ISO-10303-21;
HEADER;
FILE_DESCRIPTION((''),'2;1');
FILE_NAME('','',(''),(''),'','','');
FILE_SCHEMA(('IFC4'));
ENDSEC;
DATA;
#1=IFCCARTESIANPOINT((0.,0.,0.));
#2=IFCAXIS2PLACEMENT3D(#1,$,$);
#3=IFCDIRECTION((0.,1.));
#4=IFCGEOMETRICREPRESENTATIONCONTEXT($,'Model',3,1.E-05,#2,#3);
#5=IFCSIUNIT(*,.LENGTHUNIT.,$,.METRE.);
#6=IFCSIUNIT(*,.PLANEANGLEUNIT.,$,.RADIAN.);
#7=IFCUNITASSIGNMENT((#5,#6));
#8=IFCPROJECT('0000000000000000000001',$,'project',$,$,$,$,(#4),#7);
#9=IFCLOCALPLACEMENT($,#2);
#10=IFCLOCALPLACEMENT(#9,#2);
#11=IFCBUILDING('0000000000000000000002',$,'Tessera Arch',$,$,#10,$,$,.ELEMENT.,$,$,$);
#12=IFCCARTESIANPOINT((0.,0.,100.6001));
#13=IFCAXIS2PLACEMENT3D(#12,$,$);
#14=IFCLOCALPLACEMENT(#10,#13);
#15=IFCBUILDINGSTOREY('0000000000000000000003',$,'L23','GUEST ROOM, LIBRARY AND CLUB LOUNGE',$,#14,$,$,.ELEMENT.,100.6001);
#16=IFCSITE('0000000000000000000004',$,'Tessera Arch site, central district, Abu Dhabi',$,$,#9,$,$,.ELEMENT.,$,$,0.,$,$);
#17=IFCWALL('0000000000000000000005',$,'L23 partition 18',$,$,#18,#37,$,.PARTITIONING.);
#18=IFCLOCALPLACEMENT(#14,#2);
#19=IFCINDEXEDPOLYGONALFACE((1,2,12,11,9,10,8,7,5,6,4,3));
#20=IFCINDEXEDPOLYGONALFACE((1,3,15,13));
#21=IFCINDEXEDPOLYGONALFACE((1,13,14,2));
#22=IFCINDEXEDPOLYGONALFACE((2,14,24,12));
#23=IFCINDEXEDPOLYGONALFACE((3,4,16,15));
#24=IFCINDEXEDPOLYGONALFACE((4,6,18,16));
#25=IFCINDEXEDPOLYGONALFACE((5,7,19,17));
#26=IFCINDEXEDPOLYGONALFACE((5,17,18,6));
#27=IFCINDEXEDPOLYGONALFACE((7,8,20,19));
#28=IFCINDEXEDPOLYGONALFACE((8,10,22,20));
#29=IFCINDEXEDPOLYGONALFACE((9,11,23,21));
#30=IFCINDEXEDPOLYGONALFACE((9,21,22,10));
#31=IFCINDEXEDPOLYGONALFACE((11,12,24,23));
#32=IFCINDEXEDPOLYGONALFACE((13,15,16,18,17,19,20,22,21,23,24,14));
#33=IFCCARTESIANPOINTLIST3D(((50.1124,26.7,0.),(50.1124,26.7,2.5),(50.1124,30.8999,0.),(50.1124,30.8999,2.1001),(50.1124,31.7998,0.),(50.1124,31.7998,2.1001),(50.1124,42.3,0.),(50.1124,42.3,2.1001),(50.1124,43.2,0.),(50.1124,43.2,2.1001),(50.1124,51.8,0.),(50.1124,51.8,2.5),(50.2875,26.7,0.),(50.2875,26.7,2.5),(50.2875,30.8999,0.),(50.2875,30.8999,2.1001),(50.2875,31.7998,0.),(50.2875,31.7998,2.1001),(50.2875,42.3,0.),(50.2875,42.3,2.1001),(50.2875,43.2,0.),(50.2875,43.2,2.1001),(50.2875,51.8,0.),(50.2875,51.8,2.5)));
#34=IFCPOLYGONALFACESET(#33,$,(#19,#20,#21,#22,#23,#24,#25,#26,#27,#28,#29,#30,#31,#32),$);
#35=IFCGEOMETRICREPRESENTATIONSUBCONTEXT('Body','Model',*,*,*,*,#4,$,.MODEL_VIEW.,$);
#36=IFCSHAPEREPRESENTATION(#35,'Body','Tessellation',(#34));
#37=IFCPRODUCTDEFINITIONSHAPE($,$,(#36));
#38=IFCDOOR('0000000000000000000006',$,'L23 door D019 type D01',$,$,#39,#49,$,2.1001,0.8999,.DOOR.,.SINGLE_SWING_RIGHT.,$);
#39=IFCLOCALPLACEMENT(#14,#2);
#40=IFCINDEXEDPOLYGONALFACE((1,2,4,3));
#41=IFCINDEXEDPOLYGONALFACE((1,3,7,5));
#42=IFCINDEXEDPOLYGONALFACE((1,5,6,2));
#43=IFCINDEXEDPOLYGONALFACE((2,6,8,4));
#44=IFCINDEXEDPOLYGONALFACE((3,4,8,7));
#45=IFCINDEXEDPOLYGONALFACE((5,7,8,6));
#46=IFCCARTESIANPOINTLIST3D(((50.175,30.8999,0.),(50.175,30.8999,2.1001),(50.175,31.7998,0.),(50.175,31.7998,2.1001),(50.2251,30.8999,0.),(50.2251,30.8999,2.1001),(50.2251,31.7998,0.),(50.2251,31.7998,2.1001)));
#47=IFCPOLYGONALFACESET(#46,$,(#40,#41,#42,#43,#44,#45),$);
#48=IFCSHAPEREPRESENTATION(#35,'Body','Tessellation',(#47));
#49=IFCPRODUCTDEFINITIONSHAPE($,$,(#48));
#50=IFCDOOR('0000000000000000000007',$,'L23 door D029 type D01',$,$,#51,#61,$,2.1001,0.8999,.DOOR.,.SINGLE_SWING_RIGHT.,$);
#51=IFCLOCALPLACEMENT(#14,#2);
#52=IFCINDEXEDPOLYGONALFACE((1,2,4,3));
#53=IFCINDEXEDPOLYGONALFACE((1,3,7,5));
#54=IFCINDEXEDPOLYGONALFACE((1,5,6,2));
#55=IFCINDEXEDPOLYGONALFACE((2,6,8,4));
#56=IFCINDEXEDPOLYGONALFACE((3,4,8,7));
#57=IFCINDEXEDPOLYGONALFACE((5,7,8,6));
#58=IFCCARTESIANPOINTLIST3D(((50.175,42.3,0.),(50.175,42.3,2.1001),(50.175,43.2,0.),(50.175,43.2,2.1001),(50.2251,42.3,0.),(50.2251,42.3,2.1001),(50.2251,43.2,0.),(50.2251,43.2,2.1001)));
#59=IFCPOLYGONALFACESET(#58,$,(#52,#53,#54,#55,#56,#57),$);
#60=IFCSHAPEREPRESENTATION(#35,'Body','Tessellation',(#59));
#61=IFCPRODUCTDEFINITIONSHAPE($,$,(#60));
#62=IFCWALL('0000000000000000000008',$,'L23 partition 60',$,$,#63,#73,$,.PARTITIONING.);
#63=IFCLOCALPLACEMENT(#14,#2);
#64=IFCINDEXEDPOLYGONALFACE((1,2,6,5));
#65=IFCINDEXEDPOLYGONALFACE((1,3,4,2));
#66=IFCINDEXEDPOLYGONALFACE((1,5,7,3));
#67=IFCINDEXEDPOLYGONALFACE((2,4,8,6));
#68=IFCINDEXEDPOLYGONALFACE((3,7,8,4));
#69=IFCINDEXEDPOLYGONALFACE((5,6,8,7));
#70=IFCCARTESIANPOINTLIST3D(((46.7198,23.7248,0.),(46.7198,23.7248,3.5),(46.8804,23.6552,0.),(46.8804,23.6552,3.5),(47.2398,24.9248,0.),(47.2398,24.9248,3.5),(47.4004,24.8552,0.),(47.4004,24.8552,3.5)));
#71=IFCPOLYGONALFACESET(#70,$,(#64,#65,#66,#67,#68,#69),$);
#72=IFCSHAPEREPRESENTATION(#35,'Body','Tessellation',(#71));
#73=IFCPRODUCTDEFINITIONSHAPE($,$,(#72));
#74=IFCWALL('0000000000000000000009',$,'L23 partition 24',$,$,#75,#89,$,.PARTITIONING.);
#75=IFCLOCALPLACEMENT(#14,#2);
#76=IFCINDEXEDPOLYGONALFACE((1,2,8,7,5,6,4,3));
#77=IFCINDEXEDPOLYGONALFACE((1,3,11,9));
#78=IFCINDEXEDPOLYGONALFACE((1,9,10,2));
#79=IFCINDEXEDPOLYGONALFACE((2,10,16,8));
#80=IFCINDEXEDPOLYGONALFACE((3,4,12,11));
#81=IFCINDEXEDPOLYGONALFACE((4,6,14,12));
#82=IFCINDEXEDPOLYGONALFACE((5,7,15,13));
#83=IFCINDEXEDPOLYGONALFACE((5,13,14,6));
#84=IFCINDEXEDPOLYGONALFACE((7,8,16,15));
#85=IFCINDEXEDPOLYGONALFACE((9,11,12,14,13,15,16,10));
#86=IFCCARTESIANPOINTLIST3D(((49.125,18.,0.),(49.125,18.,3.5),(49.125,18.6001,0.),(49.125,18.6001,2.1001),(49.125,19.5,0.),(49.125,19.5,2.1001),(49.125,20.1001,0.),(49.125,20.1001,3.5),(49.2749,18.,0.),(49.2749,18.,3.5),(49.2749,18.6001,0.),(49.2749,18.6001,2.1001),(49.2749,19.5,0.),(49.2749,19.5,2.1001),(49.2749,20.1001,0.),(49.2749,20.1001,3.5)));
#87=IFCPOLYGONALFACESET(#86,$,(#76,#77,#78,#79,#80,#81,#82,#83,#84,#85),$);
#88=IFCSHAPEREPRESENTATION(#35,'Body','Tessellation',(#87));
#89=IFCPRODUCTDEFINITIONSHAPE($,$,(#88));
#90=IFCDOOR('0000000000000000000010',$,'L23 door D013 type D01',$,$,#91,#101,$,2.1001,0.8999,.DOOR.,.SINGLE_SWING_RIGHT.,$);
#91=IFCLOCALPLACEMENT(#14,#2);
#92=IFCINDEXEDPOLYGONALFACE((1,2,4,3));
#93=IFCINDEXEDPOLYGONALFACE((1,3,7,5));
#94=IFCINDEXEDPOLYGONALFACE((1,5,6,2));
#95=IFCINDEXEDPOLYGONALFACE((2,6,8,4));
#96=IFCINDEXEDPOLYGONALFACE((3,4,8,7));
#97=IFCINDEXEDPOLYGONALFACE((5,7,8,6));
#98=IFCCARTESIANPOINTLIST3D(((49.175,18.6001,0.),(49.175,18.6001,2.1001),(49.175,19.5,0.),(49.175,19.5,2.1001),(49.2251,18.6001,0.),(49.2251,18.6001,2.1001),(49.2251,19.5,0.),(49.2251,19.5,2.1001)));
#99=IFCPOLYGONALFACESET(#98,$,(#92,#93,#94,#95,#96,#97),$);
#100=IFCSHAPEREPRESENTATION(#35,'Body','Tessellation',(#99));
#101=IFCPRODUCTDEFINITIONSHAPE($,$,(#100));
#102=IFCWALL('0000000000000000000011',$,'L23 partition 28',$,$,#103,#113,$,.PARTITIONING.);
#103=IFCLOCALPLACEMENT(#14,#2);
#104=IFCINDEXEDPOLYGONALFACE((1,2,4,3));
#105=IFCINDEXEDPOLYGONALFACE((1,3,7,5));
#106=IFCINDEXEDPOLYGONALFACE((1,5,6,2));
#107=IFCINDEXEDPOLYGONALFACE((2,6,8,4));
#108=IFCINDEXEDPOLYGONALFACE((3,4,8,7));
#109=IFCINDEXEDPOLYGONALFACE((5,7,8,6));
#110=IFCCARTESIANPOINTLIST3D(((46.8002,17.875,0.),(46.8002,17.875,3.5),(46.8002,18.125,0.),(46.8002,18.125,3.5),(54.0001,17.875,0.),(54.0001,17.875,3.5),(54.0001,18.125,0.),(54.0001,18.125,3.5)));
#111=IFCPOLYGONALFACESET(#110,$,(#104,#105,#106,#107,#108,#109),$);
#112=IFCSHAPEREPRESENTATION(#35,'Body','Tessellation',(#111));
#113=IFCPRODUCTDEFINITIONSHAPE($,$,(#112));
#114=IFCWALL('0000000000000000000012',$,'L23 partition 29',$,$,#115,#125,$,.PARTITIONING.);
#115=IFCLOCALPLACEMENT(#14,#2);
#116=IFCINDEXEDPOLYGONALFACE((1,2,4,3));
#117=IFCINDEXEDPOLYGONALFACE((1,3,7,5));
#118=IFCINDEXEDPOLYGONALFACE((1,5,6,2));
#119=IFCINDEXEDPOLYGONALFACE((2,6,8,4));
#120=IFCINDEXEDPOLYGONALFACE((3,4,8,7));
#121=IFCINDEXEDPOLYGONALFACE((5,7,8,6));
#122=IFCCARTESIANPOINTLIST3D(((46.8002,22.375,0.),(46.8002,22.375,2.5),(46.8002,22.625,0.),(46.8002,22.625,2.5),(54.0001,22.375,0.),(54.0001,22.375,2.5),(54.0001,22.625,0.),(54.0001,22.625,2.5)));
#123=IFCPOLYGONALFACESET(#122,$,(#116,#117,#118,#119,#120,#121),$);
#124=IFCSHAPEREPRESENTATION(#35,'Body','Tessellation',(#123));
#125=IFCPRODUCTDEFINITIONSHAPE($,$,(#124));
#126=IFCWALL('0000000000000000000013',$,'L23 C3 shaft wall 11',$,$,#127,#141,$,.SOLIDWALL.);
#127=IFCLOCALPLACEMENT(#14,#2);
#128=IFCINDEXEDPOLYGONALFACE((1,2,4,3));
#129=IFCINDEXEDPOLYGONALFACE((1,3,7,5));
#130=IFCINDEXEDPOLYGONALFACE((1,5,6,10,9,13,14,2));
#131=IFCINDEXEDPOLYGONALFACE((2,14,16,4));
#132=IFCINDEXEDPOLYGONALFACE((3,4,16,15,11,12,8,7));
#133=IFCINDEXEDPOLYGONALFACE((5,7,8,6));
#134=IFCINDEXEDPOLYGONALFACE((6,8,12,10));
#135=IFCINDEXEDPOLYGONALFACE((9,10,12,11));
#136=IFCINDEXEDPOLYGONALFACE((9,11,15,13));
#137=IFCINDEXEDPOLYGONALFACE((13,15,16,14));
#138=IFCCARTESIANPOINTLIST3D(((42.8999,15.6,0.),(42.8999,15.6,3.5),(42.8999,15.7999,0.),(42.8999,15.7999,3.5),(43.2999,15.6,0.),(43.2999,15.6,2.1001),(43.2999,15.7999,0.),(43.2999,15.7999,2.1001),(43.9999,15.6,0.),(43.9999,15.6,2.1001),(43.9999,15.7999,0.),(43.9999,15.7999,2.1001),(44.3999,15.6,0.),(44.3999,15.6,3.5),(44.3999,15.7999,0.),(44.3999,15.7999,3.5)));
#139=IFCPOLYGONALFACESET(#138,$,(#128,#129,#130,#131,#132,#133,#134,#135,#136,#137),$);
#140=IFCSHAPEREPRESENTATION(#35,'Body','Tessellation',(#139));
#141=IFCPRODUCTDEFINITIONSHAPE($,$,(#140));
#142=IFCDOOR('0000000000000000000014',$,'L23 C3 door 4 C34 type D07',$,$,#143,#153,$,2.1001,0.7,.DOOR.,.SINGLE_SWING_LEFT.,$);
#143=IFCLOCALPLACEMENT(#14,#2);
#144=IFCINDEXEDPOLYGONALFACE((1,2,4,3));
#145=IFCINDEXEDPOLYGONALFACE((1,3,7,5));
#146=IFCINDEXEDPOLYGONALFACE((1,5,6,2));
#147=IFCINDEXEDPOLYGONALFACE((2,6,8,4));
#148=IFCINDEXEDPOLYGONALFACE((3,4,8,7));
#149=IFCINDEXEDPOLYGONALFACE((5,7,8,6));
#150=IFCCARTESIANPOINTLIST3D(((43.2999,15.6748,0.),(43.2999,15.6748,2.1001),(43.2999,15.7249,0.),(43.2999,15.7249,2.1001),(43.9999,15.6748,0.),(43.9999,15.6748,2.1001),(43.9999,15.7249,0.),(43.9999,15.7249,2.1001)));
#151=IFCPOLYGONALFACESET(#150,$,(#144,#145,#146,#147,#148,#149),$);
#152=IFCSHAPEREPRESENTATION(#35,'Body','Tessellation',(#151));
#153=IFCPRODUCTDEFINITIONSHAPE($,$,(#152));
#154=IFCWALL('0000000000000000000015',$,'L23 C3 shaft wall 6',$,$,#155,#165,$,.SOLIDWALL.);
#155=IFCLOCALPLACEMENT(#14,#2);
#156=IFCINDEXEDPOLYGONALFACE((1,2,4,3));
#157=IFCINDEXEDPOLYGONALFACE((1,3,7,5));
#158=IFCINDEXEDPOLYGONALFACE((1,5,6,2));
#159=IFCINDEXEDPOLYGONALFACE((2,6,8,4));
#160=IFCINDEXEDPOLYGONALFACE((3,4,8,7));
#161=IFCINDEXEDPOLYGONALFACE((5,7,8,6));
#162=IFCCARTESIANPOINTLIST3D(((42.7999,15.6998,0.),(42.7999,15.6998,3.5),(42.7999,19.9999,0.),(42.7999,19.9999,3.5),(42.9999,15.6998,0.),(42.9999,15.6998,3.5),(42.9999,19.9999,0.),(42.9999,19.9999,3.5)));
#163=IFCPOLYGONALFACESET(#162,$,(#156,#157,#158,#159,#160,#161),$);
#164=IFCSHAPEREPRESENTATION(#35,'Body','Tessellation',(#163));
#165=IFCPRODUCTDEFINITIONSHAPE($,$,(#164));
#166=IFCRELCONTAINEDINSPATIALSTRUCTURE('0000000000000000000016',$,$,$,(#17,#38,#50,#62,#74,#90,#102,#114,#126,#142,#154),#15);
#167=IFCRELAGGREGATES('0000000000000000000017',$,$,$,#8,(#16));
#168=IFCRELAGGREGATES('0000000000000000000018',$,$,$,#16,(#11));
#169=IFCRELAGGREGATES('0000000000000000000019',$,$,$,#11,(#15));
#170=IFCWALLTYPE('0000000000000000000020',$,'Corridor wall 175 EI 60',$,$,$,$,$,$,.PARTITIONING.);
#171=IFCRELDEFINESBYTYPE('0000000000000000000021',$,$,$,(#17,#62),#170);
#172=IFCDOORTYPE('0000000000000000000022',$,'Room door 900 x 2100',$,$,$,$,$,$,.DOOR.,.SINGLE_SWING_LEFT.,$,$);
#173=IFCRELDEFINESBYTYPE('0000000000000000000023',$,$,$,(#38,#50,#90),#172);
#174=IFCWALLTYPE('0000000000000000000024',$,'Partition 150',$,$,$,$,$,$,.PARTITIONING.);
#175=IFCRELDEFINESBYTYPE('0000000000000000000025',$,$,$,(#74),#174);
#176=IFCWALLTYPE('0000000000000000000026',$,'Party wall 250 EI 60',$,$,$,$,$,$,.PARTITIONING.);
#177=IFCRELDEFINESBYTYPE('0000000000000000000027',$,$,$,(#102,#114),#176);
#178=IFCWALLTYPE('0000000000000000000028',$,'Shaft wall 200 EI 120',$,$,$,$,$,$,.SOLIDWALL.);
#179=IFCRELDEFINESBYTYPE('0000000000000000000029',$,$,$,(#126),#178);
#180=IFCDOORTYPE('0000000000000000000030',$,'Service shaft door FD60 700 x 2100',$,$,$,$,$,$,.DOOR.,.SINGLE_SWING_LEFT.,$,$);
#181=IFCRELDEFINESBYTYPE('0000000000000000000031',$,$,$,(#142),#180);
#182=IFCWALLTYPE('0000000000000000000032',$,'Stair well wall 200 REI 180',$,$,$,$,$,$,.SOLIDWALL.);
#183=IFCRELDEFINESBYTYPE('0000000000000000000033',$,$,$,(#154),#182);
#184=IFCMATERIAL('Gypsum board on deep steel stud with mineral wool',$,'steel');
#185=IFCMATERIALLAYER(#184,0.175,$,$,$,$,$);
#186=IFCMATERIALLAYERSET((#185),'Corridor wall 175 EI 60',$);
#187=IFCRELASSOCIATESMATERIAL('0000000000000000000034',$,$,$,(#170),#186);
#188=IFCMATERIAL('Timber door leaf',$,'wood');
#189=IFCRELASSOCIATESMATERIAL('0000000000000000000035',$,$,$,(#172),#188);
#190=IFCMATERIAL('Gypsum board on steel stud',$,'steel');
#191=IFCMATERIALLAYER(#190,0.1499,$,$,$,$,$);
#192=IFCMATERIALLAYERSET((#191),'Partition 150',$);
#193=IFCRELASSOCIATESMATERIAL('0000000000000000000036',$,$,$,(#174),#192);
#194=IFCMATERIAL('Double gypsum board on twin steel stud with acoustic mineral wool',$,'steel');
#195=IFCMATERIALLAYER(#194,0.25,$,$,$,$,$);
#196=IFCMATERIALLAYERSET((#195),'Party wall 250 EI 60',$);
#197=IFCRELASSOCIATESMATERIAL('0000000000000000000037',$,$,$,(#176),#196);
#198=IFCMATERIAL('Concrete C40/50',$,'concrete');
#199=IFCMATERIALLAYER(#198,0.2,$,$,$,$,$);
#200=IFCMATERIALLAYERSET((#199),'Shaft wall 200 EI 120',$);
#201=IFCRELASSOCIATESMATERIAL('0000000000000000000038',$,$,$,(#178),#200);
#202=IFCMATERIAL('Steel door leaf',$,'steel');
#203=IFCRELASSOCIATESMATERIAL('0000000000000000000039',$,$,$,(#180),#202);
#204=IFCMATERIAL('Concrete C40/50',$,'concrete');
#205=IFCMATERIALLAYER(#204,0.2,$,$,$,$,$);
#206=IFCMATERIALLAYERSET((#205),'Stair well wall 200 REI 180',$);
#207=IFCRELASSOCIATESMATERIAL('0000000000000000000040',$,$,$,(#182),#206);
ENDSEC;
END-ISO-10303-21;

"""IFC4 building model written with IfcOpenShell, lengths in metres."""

from ifc_helpers import new_model, si_unit, direction, frame, frame_2d, origin, place, context, subcontext, project, spatial, rectangle, extrude, material, layer, layer_set, type_object, element, fill, save


model = new_model("IFC4")

# Units and contexts
model_context = context("Model", 3, precision=1e-05, world=origin(), true_north=direction((0.0, 1.0)))
body_context = subcontext(model_context, "Body", "Model", "MODEL_VIEW")
ifc_project = project(units=[si_unit("LENGTHUNIT", "METRE"), si_unit("PLANEANGLEUNIT", "RADIAN")], contexts=[model_context])

# Site, building, storey
site_placement = place(None, origin())
site = spatial("IfcSite", under=ifc_project, at=site_placement, Name="Tessera Arch site, central district, Abu Dhabi", CompositionType="ELEMENT", RefElevation=0.0)
building_placement = place(site_placement, origin())
building = spatial("IfcBuilding", under=site, at=building_placement, Name="Tessera Arch", CompositionType="ELEMENT")
storey_placement = place(building_placement, frame((0.0, 0.0, 100.6001)))
storey = spatial("IfcBuildingStorey", under=building, at=storey_placement, Name="L23", Description="GUEST ROOM, LIBRARY AND CLUB LOUNGE", CompositionType="ELEMENT", Elevation=100.6001)

# Shared definitions
ifc_material_1 = material(Name="Gypsum board on deep steel stud with mineral wool", Category="steel")
ifc_layer_1 = layer(ifc_material_1, 0.175)
ifc_layer_set_1 = layer_set([ifc_layer_1], Name="Corridor wall 175 EI 60")
wall_type_1 = type_object("IfcWallType", Name="Corridor wall 175 EI 60", PredefinedType="PARTITIONING", material=ifc_layer_set_1)

# Wall, openings, doors
wall_1_placement = place(storey_placement, frame((50.2, 26.7, 0.0), z_axis=(0.0, 0.0, 1.0), x_axis=(0.0, 1.0, 0.0)))
wall_1 = element("IfcWall", 1, at=wall_1_placement, inside=storey, type_object=wall_type_1, Name="L23 partition 18", PredefinedType="PARTITIONING", context=body_context, shape_type="SweptSolid", body=[
    extrude(rectangle(XDim=25.1001, YDim=0.175, at=frame_2d((12.55, 0.0))), origin(), (0.0, 0.0, 1.0), 2.5),
])
opening_1_placement = place(wall_1_placement, frame((4.2, 0.0, 0.0)))
opening_1 = element("IfcOpeningElement", 2, at=opening_1_placement, cuts=wall_1, PredefinedType="OPENING", context=body_context, shape_type="SweptSolid", body=[
    extrude(rectangle(XDim=0.8999, YDim=2.1001, at=frame_2d((0.45, 1.05))), frame((0.0, 0.0974, 0.0), z_axis=(0.0, -1.0, 0.0), x_axis=(1.0, 0.0, 0.0)), (0.0, 0.0, 1.0), 0.1951),
])
opening_2_placement = place(wall_1_placement, frame((15.6001, 0.0, 0.0)))
opening_2 = element("IfcOpeningElement", 3, at=opening_2_placement, cuts=wall_1, PredefinedType="OPENING", context=body_context, shape_type="SweptSolid", body=[
    extrude(rectangle(XDim=0.8999, YDim=2.1001, at=frame_2d((0.45, 1.05))), frame((0.0, 0.0974, 0.0), z_axis=(0.0, -1.0, 0.0), x_axis=(1.0, 0.0, 0.0)), (0.0, 0.0, 1.0), 0.1951),
])
ifc_material_2 = material(Name="Timber door leaf", Category="wood")
door_type_1 = type_object("IfcDoorType", Name="Room door 900 x 2100", OperationType="SINGLE_SWING_LEFT", PredefinedType="DOOR", material=ifc_material_2)
door_1_placement = place(opening_1_placement, origin())
door_1 = element("IfcDoor", 4, at=door_1_placement, inside=storey, type_object=door_type_1, Name="L23 door D019 type D01", OperationType="SINGLE_SWING_RIGHT", OverallHeight=2.1001, OverallWidth=0.8999, PredefinedType="DOOR", context=body_context, shape_type="SweptSolid", body=[
    extrude(rectangle(XDim=0.8999, YDim=2.1001, at=frame_2d((0.45, 1.05))), frame((0.0, 0.0249, 0.0), z_axis=(0.0, -1.0, 0.0), x_axis=(1.0, 0.0, 0.0)), (0.0, 0.0, 1.0), 0.05),
])
fill(opening_1, door_1)
door_2_placement = place(opening_2_placement, origin())
door_2 = element("IfcDoor", 5, at=door_2_placement, inside=storey, type_object=door_type_1, Name="L23 door D029 type D01", OperationType="SINGLE_SWING_RIGHT", OverallHeight=2.1001, OverallWidth=0.8999, PredefinedType="DOOR", context=body_context, shape_type="SweptSolid", body=[
    extrude(rectangle(XDim=0.8999, YDim=2.1001, at=frame_2d((0.45, 1.05))), frame((0.0, 0.0249, 0.0), z_axis=(0.0, -1.0, 0.0), x_axis=(1.0, 0.0, 0.0)), (0.0, 0.0, 1.0), 0.05),
])
fill(opening_2, door_2)

# Wall
wall_2_placement = place(storey_placement, frame((47.3201, 24.8899, 0.0), z_axis=(0.0, 0.0, 1.0), x_axis=(-0.397634, -0.917544, 0.0)))
element("IfcWall", 6, at=wall_2_placement, inside=storey, type_object=wall_type_1, Name="L23 partition 60", PredefinedType="PARTITIONING", context=body_context, shape_type="SweptSolid", body=[
    extrude(rectangle(XDim=1.3079, YDim=0.175, at=frame_2d((0.6538, 0.0))), origin(), (0.0, 0.0, 1.0), 3.5),
])

# Wall, opening, door
ifc_material_3 = material(Name="Gypsum board on steel stud", Category="steel")
ifc_layer_2 = layer(ifc_material_3, 0.1499)
ifc_layer_set_2 = layer_set([ifc_layer_2], Name="Partition 150")
wall_type_2 = type_object("IfcWallType", Name="Partition 150", PredefinedType="PARTITIONING", material=ifc_layer_set_2)
wall_3_placement = place(storey_placement, frame((49.2, 18.0, 0.0), z_axis=(0.0, 0.0, 1.0), x_axis=(0.0, 1.0, 0.0)))
wall_3 = element("IfcWall", 7, at=wall_3_placement, inside=storey, type_object=wall_type_2, Name="L23 partition 24", PredefinedType="PARTITIONING", context=body_context, shape_type="SweptSolid", body=[
    extrude(rectangle(XDim=2.1001, YDim=0.1499, at=frame_2d((1.05, 0.0))), origin(), (0.0, 0.0, 1.0), 3.5),
])
opening_3_placement = place(wall_3_placement, frame((0.6001, 0.0, 0.0)))
opening_3 = element("IfcOpeningElement", 8, at=opening_3_placement, cuts=wall_3, PredefinedType="OPENING", context=body_context, shape_type="SweptSolid", body=[
    extrude(rectangle(XDim=0.8999, YDim=2.1001, at=frame_2d((0.45, 1.05))), frame((0.0, 0.085, 0.0), z_axis=(0.0, -1.0, 0.0), x_axis=(1.0, 0.0, 0.0)), (0.0, 0.0, 1.0), 0.1699),
])
door_3_placement = place(opening_3_placement, origin())
door_3 = element("IfcDoor", 9, at=door_3_placement, inside=storey, type_object=door_type_1, Name="L23 door D013 type D01", OperationType="SINGLE_SWING_RIGHT", OverallHeight=2.1001, OverallWidth=0.8999, PredefinedType="DOOR", context=body_context, shape_type="SweptSolid", body=[
    extrude(rectangle(XDim=0.8999, YDim=2.1001, at=frame_2d((0.45, 1.05))), frame((0.0, 0.0249, 0.0), z_axis=(0.0, -1.0, 0.0), x_axis=(1.0, 0.0, 0.0)), (0.0, 0.0, 1.0), 0.05),
])
fill(opening_3, door_3)

# Walls
ifc_material_4 = material(Name="Double gypsum board on twin steel stud with acoustic mineral wool", Category="steel")
ifc_layer_3 = layer(ifc_material_4, 0.25)
ifc_layer_set_3 = layer_set([ifc_layer_3], Name="Party wall 250 EI 60")
wall_type_3 = type_object("IfcWallType", Name="Party wall 250 EI 60", PredefinedType="PARTITIONING", material=ifc_layer_set_3)
wall_4_placement = place(storey_placement, frame((46.8, 18.0, 0.0), z_axis=(0.0, 0.0, 1.0), x_axis=(1.0, 0.0, 0.0)))
element("IfcWall", 10, at=wall_4_placement, inside=storey, type_object=wall_type_3, Name="L23 partition 28", PredefinedType="PARTITIONING", context=body_context, shape_type="SweptSolid", body=[
    extrude(rectangle(XDim=7.2, YDim=0.25, at=frame_2d((3.6001, 0.0))), origin(), (0.0, 0.0, 1.0), 3.5),
])
wall_5_placement = place(storey_placement, frame((46.8, 22.5, 0.0), z_axis=(0.0, 0.0, 1.0), x_axis=(1.0, 0.0, 0.0)))
element("IfcWall", 11, at=wall_5_placement, inside=storey, type_object=wall_type_3, Name="L23 partition 29", PredefinedType="PARTITIONING", context=body_context, shape_type="SweptSolid", body=[
    extrude(rectangle(XDim=7.2, YDim=0.25, at=frame_2d((3.6001, 0.0))), origin(), (0.0, 0.0, 1.0), 2.5),
])

# Wall, opening, door
ifc_material_5 = material(Name="Concrete C40/50", Category="concrete")
ifc_layer_4 = layer(ifc_material_5, 0.2)
ifc_layer_set_4 = layer_set([ifc_layer_4], Name="Shaft wall 200 EI 120")
wall_type_4 = type_object("IfcWallType", Name="Shaft wall 200 EI 120", PredefinedType="SOLIDWALL", material=ifc_layer_set_4)
wall_6_placement = place(storey_placement, frame((42.8999, 15.7, 0.0), z_axis=(0.0, 0.0, 1.0), x_axis=(1.0, 0.0, 0.0)))
wall_6 = element("IfcWall", 12, at=wall_6_placement, inside=storey, type_object=wall_type_4, Name="L23 C3 shaft wall 11", PredefinedType="SOLIDWALL", context=body_context, shape_type="SweptSolid", body=[
    extrude(rectangle(XDim=1.5, YDim=0.2, at=frame_2d((0.75, 0.0))), origin(), (0.0, 0.0, 1.0), 3.5),
])
opening_4_placement = place(wall_6_placement, frame((0.3999, 0.0, 0.0)))
opening_4 = element("IfcOpeningElement", 13, at=opening_4_placement, cuts=wall_6, PredefinedType="OPENING", context=body_context, shape_type="SweptSolid", body=[
    extrude(rectangle(XDim=0.7, YDim=2.1001, at=frame_2d((0.3501, 1.05))), frame((0.0, 0.1099, 0.0), z_axis=(0.0, -1.0, 0.0), x_axis=(1.0, 0.0, 0.0)), (0.0, 0.0, 1.0), 0.22),
])
ifc_material_6 = material(Name="Steel door leaf", Category="steel")
door_type_2 = type_object("IfcDoorType", Name="Service shaft door FD60 700 x 2100", OperationType="SINGLE_SWING_LEFT", PredefinedType="DOOR", material=ifc_material_6)
door_4_placement = place(opening_4_placement, origin())
door_4 = element("IfcDoor", 14, at=door_4_placement, inside=storey, type_object=door_type_2, Name="L23 C3 door 4 C34 type D07", OperationType="SINGLE_SWING_LEFT", OverallHeight=2.1001, OverallWidth=0.7, PredefinedType="DOOR", context=body_context, shape_type="SweptSolid", body=[
    extrude(rectangle(XDim=0.7, YDim=2.1001, at=frame_2d((0.3501, 1.05))), frame((0.0, 0.0249, 0.0), z_axis=(0.0, -1.0, 0.0), x_axis=(1.0, 0.0, 0.0)), (0.0, 0.0, 1.0), 0.05),
])
fill(opening_4, door_4)

# Wall
ifc_material_7 = material(Name="Concrete C40/50", Category="concrete")
ifc_layer_5 = layer(ifc_material_7, 0.2)
ifc_layer_set_5 = layer_set([ifc_layer_5], Name="Stair well wall 200 REI 180")
wall_type_5 = type_object("IfcWallType", Name="Stair well wall 200 REI 180", PredefinedType="SOLIDWALL", material=ifc_layer_set_5)
wall_7_placement = place(storey_placement, frame((42.8999, 15.7, 0.0), z_axis=(0.0, 0.0, 1.0), x_axis=(0.0, 1.0, 0.0)))
element("IfcWall", 15, at=wall_7_placement, inside=storey, type_object=wall_type_5, Name="L23 C3 shaft wall 6", PredefinedType="SOLIDWALL", context=body_context, shape_type="SweptSolid", body=[
    extrude(rectangle(XDim=4.3, YDim=0.2, at=frame_2d((2.1499, 0.0))), origin(), (0.0, 0.0, 1.0), 3.5),
])

save(model, "model.ifc")
